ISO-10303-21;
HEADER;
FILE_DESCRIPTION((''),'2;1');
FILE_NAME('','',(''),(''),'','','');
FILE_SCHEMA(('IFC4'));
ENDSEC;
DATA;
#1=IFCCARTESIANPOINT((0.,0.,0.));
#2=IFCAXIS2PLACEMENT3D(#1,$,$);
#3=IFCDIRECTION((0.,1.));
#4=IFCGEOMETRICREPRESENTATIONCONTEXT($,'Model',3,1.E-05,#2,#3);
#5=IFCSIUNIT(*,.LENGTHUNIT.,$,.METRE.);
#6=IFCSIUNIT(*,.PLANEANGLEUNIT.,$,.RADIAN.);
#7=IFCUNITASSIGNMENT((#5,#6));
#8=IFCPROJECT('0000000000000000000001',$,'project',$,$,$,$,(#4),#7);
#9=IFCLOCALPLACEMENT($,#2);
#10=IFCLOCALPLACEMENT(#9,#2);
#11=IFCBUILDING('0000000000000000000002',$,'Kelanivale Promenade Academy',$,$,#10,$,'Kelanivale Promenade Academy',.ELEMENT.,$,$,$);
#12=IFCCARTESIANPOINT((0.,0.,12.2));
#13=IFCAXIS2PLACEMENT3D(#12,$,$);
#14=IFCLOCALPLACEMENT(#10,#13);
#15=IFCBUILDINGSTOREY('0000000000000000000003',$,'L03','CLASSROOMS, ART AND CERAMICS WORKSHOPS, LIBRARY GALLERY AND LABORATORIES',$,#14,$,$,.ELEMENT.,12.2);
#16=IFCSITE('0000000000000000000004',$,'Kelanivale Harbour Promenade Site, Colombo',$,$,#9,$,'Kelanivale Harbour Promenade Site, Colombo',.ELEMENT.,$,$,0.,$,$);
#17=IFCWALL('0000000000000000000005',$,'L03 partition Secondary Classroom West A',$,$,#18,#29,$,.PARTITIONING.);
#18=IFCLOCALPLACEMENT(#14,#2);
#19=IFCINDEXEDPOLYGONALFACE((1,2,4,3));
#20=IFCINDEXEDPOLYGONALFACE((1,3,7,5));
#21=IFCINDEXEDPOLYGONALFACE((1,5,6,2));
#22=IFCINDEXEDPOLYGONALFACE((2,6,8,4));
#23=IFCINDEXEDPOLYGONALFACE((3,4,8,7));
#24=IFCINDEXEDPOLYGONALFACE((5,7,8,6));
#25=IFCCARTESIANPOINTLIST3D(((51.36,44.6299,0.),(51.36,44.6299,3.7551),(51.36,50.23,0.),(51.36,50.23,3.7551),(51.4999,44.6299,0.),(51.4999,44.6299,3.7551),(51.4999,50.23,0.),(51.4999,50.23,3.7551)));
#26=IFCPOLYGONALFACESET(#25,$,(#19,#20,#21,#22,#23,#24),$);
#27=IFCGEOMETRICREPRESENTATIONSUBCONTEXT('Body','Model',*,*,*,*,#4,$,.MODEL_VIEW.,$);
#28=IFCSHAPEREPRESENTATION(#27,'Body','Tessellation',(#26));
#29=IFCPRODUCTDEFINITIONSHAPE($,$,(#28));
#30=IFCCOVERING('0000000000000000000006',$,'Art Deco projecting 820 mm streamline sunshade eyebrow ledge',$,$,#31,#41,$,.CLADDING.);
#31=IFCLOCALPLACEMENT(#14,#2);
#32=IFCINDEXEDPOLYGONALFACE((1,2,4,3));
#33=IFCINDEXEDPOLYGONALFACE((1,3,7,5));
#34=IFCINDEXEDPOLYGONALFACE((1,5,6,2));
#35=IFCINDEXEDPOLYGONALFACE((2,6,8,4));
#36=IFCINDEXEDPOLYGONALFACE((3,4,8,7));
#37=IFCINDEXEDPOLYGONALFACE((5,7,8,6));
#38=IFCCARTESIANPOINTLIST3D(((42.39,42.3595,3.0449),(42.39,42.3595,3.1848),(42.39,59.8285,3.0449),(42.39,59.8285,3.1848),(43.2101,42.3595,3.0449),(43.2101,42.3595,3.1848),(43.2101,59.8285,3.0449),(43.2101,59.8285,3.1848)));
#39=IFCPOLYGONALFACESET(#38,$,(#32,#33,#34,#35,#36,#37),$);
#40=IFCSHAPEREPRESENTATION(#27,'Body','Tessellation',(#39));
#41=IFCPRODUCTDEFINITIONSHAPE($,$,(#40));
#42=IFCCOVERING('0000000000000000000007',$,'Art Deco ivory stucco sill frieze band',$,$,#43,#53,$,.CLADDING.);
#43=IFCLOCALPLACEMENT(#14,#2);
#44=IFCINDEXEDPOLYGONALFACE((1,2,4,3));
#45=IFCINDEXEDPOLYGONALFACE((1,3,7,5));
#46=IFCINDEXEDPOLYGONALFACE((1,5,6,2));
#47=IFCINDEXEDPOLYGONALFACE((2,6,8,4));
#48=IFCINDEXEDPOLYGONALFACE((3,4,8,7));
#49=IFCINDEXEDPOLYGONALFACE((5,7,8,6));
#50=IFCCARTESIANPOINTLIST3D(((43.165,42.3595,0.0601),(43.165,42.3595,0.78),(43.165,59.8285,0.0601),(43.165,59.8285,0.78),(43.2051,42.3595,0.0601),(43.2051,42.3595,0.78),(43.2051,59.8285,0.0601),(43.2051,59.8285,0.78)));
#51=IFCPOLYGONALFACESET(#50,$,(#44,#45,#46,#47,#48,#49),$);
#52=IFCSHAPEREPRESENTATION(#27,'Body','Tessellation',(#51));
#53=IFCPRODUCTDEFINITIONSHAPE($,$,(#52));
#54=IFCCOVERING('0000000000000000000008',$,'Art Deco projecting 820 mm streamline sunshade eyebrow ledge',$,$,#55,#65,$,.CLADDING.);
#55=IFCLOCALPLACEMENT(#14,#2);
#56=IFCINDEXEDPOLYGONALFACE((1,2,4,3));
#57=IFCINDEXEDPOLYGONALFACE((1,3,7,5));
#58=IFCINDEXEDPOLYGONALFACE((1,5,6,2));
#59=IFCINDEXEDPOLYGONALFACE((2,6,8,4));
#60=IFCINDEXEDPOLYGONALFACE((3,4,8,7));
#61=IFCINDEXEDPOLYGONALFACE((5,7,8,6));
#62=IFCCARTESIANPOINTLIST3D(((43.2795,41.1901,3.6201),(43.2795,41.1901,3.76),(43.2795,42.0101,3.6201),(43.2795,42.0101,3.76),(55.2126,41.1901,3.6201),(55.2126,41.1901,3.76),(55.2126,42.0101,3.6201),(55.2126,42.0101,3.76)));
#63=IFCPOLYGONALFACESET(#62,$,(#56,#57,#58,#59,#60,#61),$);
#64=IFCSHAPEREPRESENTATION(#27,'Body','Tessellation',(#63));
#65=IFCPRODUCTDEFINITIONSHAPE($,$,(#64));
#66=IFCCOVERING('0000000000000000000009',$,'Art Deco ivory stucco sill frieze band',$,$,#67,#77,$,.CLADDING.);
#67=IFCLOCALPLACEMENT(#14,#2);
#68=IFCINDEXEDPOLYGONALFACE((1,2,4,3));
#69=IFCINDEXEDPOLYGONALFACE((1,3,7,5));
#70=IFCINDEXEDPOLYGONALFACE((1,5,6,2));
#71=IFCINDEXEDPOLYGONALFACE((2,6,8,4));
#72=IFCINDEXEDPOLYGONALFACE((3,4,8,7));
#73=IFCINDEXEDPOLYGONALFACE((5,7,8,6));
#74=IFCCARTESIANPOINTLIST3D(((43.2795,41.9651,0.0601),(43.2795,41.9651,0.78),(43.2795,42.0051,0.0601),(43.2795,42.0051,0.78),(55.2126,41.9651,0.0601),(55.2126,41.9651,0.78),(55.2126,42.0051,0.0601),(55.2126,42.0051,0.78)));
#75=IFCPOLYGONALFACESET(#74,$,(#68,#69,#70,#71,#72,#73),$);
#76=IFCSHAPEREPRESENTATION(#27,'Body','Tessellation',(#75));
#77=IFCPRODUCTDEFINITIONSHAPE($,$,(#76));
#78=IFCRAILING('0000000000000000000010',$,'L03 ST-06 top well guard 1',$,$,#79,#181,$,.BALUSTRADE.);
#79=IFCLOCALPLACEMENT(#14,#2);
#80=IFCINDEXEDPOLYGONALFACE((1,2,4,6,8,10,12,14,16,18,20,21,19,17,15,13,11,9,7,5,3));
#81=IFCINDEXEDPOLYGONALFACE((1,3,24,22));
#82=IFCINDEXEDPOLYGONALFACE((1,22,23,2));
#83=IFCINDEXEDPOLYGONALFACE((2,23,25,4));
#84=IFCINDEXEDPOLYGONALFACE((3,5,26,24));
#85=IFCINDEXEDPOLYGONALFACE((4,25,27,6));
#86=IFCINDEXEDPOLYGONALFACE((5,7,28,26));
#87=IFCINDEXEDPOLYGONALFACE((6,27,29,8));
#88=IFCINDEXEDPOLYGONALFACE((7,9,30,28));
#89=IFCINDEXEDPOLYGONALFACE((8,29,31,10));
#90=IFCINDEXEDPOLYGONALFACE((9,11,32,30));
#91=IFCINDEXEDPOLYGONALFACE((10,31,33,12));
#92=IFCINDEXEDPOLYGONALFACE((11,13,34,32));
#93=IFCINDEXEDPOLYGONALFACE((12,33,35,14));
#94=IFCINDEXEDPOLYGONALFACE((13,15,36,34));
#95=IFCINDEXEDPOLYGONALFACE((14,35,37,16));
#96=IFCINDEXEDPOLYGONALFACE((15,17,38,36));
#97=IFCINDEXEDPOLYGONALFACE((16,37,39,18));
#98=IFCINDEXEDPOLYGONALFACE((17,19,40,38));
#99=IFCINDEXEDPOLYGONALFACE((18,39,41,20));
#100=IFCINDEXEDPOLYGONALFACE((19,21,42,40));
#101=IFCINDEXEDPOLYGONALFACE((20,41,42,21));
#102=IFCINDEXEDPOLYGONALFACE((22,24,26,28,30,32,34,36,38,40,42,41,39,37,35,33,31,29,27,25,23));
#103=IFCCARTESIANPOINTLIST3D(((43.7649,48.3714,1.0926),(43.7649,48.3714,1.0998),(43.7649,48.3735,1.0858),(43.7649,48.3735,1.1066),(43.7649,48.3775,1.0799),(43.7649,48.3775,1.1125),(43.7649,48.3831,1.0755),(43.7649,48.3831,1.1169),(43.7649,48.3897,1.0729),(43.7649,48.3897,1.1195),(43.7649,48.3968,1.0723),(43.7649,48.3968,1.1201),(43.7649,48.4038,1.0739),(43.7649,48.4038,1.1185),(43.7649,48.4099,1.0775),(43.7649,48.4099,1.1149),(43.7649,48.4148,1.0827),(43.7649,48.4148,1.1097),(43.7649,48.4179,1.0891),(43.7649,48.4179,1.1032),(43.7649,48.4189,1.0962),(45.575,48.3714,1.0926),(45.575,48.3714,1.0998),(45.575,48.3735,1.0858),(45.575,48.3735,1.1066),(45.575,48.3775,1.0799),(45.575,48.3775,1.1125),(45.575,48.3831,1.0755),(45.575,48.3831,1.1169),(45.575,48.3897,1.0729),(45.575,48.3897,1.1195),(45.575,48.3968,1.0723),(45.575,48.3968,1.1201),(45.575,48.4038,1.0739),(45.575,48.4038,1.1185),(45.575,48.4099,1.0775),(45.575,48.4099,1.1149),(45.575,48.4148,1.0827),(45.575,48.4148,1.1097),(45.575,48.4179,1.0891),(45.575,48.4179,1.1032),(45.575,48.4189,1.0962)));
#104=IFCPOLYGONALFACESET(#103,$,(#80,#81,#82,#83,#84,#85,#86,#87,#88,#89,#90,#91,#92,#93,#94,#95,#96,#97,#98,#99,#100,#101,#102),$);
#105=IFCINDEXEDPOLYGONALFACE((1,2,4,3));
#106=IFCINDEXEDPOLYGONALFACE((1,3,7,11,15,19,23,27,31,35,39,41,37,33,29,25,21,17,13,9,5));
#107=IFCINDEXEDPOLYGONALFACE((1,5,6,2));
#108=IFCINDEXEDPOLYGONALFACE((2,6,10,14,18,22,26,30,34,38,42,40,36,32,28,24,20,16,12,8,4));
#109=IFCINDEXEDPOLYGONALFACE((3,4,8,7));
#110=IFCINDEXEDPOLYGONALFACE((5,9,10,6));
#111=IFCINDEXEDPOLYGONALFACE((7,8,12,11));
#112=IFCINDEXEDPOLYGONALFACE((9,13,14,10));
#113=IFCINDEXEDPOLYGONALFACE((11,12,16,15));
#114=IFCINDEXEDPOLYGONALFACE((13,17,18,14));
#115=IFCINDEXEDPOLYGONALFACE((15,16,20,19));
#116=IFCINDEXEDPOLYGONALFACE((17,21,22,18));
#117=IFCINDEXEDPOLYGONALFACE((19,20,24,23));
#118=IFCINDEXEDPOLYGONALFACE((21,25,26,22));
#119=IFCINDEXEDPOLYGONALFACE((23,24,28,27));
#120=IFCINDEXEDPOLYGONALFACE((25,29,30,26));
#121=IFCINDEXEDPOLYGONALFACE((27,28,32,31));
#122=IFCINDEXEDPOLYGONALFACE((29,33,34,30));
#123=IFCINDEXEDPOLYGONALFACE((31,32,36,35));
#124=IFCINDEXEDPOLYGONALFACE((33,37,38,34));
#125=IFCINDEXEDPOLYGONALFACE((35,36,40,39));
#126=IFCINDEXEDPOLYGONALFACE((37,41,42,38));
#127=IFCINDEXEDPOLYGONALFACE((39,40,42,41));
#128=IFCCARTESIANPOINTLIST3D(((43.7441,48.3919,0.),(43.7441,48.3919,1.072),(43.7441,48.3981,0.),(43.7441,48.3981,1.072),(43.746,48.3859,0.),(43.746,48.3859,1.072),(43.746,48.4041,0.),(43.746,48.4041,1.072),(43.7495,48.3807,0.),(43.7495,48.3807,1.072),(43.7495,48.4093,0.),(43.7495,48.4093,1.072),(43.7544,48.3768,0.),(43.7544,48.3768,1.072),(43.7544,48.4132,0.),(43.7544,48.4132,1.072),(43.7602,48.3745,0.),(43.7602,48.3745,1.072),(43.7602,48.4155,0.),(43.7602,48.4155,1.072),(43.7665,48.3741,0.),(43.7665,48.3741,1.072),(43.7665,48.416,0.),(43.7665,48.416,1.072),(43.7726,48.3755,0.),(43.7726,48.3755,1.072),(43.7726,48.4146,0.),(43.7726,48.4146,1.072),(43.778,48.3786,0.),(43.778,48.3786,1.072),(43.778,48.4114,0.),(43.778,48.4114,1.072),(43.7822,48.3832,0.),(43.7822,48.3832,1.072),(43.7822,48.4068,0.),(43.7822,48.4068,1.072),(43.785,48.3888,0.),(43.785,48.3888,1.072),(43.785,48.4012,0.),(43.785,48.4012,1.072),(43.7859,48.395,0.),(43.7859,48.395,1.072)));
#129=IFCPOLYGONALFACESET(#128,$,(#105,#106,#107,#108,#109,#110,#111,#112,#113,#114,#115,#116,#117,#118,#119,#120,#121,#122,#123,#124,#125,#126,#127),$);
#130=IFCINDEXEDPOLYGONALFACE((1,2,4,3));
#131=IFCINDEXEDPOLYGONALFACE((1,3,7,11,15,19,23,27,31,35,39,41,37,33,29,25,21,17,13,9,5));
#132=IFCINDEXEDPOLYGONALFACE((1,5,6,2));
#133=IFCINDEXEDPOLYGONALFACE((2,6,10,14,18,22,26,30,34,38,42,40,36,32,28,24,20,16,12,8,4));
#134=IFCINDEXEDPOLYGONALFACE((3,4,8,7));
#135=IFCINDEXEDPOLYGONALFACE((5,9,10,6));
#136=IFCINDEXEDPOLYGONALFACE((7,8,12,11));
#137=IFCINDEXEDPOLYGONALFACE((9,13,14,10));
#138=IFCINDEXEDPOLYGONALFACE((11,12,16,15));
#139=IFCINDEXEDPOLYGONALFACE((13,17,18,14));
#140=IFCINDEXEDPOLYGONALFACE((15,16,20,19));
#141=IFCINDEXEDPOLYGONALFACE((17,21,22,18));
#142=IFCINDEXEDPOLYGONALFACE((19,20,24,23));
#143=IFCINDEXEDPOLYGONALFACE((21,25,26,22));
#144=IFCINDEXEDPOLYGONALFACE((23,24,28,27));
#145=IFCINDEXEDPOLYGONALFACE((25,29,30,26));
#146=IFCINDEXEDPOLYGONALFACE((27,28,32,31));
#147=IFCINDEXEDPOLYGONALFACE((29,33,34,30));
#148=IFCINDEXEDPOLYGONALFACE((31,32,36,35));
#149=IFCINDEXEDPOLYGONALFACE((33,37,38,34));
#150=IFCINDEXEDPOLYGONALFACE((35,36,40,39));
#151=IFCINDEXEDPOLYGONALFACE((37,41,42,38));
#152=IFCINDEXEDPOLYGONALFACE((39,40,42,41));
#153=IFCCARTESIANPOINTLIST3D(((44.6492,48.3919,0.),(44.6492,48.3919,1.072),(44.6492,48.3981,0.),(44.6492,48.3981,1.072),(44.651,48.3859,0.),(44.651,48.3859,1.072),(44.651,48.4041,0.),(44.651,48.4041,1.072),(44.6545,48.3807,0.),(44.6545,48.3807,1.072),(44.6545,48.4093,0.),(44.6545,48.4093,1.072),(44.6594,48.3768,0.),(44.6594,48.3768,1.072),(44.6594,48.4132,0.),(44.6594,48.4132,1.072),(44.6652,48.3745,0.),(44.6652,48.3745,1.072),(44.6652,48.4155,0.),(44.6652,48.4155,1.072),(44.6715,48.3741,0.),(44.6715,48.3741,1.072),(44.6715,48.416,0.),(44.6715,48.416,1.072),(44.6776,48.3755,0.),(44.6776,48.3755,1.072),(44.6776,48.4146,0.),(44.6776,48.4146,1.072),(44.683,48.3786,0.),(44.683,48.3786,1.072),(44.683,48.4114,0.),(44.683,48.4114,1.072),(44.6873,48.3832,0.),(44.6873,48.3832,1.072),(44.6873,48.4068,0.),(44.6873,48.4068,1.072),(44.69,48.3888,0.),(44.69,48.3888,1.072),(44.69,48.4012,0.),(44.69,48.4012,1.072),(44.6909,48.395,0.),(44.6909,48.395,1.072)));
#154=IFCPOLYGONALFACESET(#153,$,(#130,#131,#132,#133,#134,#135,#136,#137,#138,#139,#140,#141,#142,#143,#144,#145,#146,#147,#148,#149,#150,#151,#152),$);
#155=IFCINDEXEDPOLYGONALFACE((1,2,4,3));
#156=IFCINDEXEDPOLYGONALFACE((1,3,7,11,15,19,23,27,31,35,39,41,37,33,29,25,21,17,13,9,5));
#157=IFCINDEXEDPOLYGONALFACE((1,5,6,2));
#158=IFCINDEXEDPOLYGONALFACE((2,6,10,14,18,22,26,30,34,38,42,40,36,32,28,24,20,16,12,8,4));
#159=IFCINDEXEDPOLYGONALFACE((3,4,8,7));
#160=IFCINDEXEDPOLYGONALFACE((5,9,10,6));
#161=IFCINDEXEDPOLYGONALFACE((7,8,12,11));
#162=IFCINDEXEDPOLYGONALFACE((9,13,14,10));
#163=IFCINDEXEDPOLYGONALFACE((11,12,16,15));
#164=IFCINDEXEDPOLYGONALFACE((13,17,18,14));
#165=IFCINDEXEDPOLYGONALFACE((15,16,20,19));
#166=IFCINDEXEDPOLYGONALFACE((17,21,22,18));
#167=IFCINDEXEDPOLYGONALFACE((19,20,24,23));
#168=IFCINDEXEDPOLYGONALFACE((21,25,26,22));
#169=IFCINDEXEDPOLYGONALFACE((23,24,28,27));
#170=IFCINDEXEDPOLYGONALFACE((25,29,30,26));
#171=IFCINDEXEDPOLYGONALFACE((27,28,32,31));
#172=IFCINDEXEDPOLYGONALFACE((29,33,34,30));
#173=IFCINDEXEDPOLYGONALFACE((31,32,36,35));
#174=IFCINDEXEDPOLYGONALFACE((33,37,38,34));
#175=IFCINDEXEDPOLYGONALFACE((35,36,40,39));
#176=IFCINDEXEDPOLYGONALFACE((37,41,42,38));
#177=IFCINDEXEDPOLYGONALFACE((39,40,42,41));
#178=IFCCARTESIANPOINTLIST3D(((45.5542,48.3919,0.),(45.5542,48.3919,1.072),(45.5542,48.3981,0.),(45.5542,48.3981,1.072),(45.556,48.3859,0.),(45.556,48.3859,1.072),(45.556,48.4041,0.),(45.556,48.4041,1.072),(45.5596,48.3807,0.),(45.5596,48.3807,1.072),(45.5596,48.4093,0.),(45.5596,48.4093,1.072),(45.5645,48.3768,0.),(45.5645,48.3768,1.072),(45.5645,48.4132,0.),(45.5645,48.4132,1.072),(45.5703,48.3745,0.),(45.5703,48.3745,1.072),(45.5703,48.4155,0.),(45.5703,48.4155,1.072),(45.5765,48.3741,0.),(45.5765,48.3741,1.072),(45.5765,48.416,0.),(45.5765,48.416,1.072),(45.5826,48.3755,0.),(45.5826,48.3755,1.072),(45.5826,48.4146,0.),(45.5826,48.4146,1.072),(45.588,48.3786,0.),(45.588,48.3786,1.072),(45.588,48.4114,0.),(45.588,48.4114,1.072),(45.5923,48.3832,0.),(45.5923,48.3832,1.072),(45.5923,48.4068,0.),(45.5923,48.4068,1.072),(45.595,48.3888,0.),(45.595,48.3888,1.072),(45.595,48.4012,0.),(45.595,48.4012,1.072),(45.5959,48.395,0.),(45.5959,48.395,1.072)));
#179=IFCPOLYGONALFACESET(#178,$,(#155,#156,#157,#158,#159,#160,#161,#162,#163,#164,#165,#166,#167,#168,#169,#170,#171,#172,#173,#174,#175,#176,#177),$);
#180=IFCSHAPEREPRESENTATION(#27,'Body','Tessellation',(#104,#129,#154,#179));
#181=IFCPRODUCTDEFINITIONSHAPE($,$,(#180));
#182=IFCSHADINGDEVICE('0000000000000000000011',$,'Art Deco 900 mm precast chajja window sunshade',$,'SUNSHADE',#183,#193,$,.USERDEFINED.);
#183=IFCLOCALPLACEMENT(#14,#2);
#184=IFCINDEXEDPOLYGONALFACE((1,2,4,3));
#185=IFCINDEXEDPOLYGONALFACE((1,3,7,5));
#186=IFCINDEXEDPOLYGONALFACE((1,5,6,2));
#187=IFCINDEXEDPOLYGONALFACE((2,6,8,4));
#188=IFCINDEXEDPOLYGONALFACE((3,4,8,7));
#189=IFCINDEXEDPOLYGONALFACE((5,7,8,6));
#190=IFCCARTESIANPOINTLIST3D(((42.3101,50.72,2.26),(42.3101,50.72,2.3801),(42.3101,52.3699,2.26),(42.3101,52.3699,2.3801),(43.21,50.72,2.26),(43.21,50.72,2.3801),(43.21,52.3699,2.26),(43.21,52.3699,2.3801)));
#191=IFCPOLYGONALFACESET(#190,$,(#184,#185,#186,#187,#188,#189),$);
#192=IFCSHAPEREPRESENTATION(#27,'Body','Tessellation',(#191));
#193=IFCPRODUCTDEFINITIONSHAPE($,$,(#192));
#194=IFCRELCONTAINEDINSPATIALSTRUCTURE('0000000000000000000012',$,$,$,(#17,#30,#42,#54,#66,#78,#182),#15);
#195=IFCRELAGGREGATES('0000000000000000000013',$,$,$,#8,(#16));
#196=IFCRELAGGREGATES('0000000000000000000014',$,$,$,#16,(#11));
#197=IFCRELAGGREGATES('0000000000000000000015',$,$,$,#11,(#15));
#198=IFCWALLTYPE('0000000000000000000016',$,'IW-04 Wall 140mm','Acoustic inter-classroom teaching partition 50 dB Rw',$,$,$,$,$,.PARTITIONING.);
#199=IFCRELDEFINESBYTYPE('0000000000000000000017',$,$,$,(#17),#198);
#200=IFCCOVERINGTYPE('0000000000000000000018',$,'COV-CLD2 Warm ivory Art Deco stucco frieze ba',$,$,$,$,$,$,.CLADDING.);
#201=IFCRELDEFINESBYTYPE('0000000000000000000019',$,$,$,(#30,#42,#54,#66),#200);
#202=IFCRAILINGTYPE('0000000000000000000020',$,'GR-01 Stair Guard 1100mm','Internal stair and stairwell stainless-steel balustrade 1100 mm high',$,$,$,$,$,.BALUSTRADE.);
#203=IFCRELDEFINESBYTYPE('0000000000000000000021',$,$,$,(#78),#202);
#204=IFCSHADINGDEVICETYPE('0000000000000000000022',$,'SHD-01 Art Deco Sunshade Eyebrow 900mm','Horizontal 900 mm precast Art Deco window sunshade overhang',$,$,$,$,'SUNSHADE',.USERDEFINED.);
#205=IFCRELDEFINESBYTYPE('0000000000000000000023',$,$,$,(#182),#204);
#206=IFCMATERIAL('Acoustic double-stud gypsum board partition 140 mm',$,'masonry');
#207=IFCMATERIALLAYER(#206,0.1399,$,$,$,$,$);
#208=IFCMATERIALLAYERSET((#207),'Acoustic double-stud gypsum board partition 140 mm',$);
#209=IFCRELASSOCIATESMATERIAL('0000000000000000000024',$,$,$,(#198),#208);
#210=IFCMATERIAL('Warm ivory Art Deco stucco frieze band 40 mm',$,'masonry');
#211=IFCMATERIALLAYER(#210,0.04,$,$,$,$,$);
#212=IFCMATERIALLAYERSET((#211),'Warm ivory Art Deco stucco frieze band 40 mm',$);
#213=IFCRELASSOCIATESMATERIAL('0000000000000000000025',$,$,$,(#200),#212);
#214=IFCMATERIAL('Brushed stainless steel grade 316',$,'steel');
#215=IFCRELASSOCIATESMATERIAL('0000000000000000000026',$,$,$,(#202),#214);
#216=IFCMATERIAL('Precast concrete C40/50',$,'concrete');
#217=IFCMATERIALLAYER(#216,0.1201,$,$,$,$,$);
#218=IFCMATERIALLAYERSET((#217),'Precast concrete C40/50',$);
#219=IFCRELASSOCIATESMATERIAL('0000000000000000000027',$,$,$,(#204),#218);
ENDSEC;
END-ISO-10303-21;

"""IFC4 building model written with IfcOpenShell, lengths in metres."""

from ifc_helpers import new_model, si_unit, direction, frame, frame_2d, origin, origin_2d, place, context, subcontext, project, spatial, rectangle, circle, extrude, material, layer, layer_set, type_object, element, save


model = new_model("IFC4")

# Units and contexts
model_context = context("Model", 3, precision=1e-05, world=origin(), true_north=direction((0.0, 1.0)))
body_context = subcontext(model_context, "Body", "Model", "MODEL_VIEW")
ifc_project = project(units=[si_unit("LENGTHUNIT", "METRE"), si_unit("PLANEANGLEUNIT", "RADIAN")], contexts=[model_context])

# Site, building, storey
site_placement = place(None, origin())
site = spatial("IfcSite", under=ifc_project, at=site_placement, Name="Kelanivale Harbour Promenade Site, Colombo", LongName="Kelanivale Harbour Promenade Site, Colombo", CompositionType="ELEMENT", RefElevation=0.0)
building_placement = place(site_placement, origin())
building = spatial("IfcBuilding", under=site, at=building_placement, Name="Kelanivale Promenade Academy", LongName="Kelanivale Promenade Academy", CompositionType="ELEMENT")
storey_placement = place(building_placement, frame((0.0, 0.0, 12.2)))
storey = spatial("IfcBuildingStorey", under=building, at=storey_placement, Name="L03", Description="CLASSROOMS, ART AND CERAMICS WORKSHOPS, LIBRARY GALLERY AND LABORATORIES", CompositionType="ELEMENT", Elevation=12.2)

# Shared definitions
ifc_material_1 = material(Name="Acoustic double-stud gypsum board partition 140 mm", Category="masonry")
ifc_layer_1 = layer(ifc_material_1, 0.1399)
ifc_layer_set_1 = layer_set([ifc_layer_1], Name="Acoustic double-stud gypsum board partition 140 mm")
wall_type_1 = type_object("IfcWallType", Name="IW-04 Wall 140mm", Description="Acoustic inter-classroom teaching partition 50 dB Rw", PredefinedType="PARTITIONING", material=ifc_layer_set_1)

# Wall
wall_1_placement = place(storey_placement, frame((51.4299, 50.23, 0.0), z_axis=(0.0, 0.0, 1.0), x_axis=(0.0, -1.0, 0.0)))
element("IfcWall", 1, at=wall_1_placement, inside=storey, type_object=wall_type_1, Name="L03 partition Secondary Classroom West A", PredefinedType="PARTITIONING", context=body_context, shape_type="SweptSolid", body=[
    extrude(rectangle(XDim=5.6001, YDim=0.1399, at=frame_2d((2.8, 0.0))), origin(), (0.0, 0.0, 1.0), 3.7551),
])

# Coverings
ifc_material_2 = material(Name="Warm ivory Art Deco stucco frieze band 40 mm", Category="masonry")
ifc_layer_2 = layer(ifc_material_2, 0.04)
ifc_layer_set_2 = layer_set([ifc_layer_2], Name="Warm ivory Art Deco stucco frieze band 40 mm")
covering_type = type_object("IfcCoveringType", Name="COV-CLD2 Warm ivory Art Deco stucco frieze ba", PredefinedType="CLADDING", material=ifc_layer_set_2)
covering_1_placement = place(storey_placement, frame((42.8, 51.094, 3.0449), z_axis=(0.0, 0.0, 1.0), x_axis=(0.0, -1.0, 0.0)))
element("IfcCovering", 2, at=covering_1_placement, inside=storey, type_object=covering_type, Name="Art Deco projecting 820 mm streamline sunshade eyebrow ledge", PredefinedType="CLADDING", context=body_context, shape_type="SweptSolid", body=[
    extrude(rectangle(XDim=17.469, YDim=0.8201, at=origin_2d()), origin(), (0.0, 0.0, 1.0), 0.1399),
])
covering_2_placement = place(storey_placement, frame((43.1851, 51.094, 0.0601), z_axis=(0.0, 0.0, 1.0), x_axis=(0.0, -1.0, 0.0)))
element("IfcCovering", 3, at=covering_2_placement, inside=storey, type_object=covering_type, Name="Art Deco ivory stucco sill frieze band", PredefinedType="CLADDING", context=body_context, shape_type="SweptSolid", body=[
    extrude(rectangle(XDim=17.469, YDim=0.04, at=origin_2d()), origin(), (0.0, 0.0, 1.0), 0.72),
])
covering_3_placement = place(storey_placement, frame((49.2461, 41.6001, 3.6201), z_axis=(0.0, 0.0, 1.0), x_axis=(1.0, 0.0, 0.0)))
element("IfcCovering", 4, at=covering_3_placement, inside=storey, type_object=covering_type, Name="Art Deco projecting 820 mm streamline sunshade eyebrow ledge", PredefinedType="CLADDING", context=body_context, shape_type="SweptSolid", body=[
    extrude(rectangle(XDim=11.9331, YDim=0.8201, at=origin_2d()), origin(), (0.0, 0.0, 1.0), 0.1399),
])
covering_4_placement = place(storey_placement, frame((49.2461, 41.9851, 0.0601), z_axis=(0.0, 0.0, 1.0), x_axis=(1.0, 0.0, 0.0)))
element("IfcCovering", 5, at=covering_4_placement, inside=storey, type_object=covering_type, Name="Art Deco ivory stucco sill frieze band", PredefinedType="CLADDING", context=body_context, shape_type="SweptSolid", body=[
    extrude(rectangle(XDim=11.9331, YDim=0.04, at=origin_2d()), origin(), (0.0, 0.0, 1.0), 0.72),
])

# Railing
ifc_material_3 = material(Name="Brushed stainless steel grade 316", Category="steel")
railing_type_1 = type_object("IfcRailingType", Name="GR-01 Stair Guard 1100mm", Description="Internal stair and stairwell stainless-steel balustrade 1100 mm high", PredefinedType="BALUSTRADE", material=ifc_material_3)
railing_1_placement = place(storey_placement, frame((43.7649, 48.395, 0.0)))
element("IfcRailing", 6, at=railing_1_placement, inside=storey, type_object=railing_type_1, Name="L03 ST-06 top well guard 1", PredefinedType="BALUSTRADE", context=body_context, shape_type="SweptSolid", body=[
    extrude(circle(Radius=0.0239, at=origin_2d()), frame((0.0, 0.0, 1.0962), z_axis=(1.0, 0.0, 0.0), x_axis=(0.0, 1.0, 0.0)), (0.0, 0.0, 1.0), 1.8101),
    extrude(circle(Radius=0.021, at=origin_2d()), origin(), (0.0, 0.0, 1.0), 1.072),
    extrude(circle(Radius=0.021, at=origin_2d()), frame((0.905, 0.0, 0.0)), (0.0, 0.0, 1.0), 1.072),
    extrude(circle(Radius=0.021, at=origin_2d()), frame((1.8101, 0.0, 0.0)), (0.0, 0.0, 1.0), 1.072),
])

# Shading device
ifc_material_4 = material(Name="Precast concrete C40/50", Category="concrete")
ifc_layer_3 = layer(ifc_material_4, 0.1201)
ifc_layer_set_3 = layer_set([ifc_layer_3], Name="Precast concrete C40/50")
shading_device_type_1 = type_object("IfcShadingDeviceType", Name="SHD-01 Art Deco Sunshade Eyebrow 900mm", Description="Horizontal 900 mm precast Art Deco window sunshade overhang", ElementType="SUNSHADE", PredefinedType="USERDEFINED", material=ifc_layer_set_3)
shading_device_1_placement = place(storey_placement, frame((42.76, 51.5449, 2.26), z_axis=(0.0, 0.0, 1.0), x_axis=(0.0, -1.0, 0.0)))
element("IfcShadingDevice", 7, at=shading_device_1_placement, inside=storey, type_object=shading_device_type_1, Name="Art Deco 900 mm precast chajja window sunshade", ObjectType="SUNSHADE", PredefinedType="USERDEFINED", context=body_context, shape_type="SweptSolid", body=[
    extrude(rectangle(XDim=1.6499, YDim=0.8999, at=origin_2d()), origin(), (0.0, 0.0, 1.0), 0.1201),
])

save(model, "model.ifc")
